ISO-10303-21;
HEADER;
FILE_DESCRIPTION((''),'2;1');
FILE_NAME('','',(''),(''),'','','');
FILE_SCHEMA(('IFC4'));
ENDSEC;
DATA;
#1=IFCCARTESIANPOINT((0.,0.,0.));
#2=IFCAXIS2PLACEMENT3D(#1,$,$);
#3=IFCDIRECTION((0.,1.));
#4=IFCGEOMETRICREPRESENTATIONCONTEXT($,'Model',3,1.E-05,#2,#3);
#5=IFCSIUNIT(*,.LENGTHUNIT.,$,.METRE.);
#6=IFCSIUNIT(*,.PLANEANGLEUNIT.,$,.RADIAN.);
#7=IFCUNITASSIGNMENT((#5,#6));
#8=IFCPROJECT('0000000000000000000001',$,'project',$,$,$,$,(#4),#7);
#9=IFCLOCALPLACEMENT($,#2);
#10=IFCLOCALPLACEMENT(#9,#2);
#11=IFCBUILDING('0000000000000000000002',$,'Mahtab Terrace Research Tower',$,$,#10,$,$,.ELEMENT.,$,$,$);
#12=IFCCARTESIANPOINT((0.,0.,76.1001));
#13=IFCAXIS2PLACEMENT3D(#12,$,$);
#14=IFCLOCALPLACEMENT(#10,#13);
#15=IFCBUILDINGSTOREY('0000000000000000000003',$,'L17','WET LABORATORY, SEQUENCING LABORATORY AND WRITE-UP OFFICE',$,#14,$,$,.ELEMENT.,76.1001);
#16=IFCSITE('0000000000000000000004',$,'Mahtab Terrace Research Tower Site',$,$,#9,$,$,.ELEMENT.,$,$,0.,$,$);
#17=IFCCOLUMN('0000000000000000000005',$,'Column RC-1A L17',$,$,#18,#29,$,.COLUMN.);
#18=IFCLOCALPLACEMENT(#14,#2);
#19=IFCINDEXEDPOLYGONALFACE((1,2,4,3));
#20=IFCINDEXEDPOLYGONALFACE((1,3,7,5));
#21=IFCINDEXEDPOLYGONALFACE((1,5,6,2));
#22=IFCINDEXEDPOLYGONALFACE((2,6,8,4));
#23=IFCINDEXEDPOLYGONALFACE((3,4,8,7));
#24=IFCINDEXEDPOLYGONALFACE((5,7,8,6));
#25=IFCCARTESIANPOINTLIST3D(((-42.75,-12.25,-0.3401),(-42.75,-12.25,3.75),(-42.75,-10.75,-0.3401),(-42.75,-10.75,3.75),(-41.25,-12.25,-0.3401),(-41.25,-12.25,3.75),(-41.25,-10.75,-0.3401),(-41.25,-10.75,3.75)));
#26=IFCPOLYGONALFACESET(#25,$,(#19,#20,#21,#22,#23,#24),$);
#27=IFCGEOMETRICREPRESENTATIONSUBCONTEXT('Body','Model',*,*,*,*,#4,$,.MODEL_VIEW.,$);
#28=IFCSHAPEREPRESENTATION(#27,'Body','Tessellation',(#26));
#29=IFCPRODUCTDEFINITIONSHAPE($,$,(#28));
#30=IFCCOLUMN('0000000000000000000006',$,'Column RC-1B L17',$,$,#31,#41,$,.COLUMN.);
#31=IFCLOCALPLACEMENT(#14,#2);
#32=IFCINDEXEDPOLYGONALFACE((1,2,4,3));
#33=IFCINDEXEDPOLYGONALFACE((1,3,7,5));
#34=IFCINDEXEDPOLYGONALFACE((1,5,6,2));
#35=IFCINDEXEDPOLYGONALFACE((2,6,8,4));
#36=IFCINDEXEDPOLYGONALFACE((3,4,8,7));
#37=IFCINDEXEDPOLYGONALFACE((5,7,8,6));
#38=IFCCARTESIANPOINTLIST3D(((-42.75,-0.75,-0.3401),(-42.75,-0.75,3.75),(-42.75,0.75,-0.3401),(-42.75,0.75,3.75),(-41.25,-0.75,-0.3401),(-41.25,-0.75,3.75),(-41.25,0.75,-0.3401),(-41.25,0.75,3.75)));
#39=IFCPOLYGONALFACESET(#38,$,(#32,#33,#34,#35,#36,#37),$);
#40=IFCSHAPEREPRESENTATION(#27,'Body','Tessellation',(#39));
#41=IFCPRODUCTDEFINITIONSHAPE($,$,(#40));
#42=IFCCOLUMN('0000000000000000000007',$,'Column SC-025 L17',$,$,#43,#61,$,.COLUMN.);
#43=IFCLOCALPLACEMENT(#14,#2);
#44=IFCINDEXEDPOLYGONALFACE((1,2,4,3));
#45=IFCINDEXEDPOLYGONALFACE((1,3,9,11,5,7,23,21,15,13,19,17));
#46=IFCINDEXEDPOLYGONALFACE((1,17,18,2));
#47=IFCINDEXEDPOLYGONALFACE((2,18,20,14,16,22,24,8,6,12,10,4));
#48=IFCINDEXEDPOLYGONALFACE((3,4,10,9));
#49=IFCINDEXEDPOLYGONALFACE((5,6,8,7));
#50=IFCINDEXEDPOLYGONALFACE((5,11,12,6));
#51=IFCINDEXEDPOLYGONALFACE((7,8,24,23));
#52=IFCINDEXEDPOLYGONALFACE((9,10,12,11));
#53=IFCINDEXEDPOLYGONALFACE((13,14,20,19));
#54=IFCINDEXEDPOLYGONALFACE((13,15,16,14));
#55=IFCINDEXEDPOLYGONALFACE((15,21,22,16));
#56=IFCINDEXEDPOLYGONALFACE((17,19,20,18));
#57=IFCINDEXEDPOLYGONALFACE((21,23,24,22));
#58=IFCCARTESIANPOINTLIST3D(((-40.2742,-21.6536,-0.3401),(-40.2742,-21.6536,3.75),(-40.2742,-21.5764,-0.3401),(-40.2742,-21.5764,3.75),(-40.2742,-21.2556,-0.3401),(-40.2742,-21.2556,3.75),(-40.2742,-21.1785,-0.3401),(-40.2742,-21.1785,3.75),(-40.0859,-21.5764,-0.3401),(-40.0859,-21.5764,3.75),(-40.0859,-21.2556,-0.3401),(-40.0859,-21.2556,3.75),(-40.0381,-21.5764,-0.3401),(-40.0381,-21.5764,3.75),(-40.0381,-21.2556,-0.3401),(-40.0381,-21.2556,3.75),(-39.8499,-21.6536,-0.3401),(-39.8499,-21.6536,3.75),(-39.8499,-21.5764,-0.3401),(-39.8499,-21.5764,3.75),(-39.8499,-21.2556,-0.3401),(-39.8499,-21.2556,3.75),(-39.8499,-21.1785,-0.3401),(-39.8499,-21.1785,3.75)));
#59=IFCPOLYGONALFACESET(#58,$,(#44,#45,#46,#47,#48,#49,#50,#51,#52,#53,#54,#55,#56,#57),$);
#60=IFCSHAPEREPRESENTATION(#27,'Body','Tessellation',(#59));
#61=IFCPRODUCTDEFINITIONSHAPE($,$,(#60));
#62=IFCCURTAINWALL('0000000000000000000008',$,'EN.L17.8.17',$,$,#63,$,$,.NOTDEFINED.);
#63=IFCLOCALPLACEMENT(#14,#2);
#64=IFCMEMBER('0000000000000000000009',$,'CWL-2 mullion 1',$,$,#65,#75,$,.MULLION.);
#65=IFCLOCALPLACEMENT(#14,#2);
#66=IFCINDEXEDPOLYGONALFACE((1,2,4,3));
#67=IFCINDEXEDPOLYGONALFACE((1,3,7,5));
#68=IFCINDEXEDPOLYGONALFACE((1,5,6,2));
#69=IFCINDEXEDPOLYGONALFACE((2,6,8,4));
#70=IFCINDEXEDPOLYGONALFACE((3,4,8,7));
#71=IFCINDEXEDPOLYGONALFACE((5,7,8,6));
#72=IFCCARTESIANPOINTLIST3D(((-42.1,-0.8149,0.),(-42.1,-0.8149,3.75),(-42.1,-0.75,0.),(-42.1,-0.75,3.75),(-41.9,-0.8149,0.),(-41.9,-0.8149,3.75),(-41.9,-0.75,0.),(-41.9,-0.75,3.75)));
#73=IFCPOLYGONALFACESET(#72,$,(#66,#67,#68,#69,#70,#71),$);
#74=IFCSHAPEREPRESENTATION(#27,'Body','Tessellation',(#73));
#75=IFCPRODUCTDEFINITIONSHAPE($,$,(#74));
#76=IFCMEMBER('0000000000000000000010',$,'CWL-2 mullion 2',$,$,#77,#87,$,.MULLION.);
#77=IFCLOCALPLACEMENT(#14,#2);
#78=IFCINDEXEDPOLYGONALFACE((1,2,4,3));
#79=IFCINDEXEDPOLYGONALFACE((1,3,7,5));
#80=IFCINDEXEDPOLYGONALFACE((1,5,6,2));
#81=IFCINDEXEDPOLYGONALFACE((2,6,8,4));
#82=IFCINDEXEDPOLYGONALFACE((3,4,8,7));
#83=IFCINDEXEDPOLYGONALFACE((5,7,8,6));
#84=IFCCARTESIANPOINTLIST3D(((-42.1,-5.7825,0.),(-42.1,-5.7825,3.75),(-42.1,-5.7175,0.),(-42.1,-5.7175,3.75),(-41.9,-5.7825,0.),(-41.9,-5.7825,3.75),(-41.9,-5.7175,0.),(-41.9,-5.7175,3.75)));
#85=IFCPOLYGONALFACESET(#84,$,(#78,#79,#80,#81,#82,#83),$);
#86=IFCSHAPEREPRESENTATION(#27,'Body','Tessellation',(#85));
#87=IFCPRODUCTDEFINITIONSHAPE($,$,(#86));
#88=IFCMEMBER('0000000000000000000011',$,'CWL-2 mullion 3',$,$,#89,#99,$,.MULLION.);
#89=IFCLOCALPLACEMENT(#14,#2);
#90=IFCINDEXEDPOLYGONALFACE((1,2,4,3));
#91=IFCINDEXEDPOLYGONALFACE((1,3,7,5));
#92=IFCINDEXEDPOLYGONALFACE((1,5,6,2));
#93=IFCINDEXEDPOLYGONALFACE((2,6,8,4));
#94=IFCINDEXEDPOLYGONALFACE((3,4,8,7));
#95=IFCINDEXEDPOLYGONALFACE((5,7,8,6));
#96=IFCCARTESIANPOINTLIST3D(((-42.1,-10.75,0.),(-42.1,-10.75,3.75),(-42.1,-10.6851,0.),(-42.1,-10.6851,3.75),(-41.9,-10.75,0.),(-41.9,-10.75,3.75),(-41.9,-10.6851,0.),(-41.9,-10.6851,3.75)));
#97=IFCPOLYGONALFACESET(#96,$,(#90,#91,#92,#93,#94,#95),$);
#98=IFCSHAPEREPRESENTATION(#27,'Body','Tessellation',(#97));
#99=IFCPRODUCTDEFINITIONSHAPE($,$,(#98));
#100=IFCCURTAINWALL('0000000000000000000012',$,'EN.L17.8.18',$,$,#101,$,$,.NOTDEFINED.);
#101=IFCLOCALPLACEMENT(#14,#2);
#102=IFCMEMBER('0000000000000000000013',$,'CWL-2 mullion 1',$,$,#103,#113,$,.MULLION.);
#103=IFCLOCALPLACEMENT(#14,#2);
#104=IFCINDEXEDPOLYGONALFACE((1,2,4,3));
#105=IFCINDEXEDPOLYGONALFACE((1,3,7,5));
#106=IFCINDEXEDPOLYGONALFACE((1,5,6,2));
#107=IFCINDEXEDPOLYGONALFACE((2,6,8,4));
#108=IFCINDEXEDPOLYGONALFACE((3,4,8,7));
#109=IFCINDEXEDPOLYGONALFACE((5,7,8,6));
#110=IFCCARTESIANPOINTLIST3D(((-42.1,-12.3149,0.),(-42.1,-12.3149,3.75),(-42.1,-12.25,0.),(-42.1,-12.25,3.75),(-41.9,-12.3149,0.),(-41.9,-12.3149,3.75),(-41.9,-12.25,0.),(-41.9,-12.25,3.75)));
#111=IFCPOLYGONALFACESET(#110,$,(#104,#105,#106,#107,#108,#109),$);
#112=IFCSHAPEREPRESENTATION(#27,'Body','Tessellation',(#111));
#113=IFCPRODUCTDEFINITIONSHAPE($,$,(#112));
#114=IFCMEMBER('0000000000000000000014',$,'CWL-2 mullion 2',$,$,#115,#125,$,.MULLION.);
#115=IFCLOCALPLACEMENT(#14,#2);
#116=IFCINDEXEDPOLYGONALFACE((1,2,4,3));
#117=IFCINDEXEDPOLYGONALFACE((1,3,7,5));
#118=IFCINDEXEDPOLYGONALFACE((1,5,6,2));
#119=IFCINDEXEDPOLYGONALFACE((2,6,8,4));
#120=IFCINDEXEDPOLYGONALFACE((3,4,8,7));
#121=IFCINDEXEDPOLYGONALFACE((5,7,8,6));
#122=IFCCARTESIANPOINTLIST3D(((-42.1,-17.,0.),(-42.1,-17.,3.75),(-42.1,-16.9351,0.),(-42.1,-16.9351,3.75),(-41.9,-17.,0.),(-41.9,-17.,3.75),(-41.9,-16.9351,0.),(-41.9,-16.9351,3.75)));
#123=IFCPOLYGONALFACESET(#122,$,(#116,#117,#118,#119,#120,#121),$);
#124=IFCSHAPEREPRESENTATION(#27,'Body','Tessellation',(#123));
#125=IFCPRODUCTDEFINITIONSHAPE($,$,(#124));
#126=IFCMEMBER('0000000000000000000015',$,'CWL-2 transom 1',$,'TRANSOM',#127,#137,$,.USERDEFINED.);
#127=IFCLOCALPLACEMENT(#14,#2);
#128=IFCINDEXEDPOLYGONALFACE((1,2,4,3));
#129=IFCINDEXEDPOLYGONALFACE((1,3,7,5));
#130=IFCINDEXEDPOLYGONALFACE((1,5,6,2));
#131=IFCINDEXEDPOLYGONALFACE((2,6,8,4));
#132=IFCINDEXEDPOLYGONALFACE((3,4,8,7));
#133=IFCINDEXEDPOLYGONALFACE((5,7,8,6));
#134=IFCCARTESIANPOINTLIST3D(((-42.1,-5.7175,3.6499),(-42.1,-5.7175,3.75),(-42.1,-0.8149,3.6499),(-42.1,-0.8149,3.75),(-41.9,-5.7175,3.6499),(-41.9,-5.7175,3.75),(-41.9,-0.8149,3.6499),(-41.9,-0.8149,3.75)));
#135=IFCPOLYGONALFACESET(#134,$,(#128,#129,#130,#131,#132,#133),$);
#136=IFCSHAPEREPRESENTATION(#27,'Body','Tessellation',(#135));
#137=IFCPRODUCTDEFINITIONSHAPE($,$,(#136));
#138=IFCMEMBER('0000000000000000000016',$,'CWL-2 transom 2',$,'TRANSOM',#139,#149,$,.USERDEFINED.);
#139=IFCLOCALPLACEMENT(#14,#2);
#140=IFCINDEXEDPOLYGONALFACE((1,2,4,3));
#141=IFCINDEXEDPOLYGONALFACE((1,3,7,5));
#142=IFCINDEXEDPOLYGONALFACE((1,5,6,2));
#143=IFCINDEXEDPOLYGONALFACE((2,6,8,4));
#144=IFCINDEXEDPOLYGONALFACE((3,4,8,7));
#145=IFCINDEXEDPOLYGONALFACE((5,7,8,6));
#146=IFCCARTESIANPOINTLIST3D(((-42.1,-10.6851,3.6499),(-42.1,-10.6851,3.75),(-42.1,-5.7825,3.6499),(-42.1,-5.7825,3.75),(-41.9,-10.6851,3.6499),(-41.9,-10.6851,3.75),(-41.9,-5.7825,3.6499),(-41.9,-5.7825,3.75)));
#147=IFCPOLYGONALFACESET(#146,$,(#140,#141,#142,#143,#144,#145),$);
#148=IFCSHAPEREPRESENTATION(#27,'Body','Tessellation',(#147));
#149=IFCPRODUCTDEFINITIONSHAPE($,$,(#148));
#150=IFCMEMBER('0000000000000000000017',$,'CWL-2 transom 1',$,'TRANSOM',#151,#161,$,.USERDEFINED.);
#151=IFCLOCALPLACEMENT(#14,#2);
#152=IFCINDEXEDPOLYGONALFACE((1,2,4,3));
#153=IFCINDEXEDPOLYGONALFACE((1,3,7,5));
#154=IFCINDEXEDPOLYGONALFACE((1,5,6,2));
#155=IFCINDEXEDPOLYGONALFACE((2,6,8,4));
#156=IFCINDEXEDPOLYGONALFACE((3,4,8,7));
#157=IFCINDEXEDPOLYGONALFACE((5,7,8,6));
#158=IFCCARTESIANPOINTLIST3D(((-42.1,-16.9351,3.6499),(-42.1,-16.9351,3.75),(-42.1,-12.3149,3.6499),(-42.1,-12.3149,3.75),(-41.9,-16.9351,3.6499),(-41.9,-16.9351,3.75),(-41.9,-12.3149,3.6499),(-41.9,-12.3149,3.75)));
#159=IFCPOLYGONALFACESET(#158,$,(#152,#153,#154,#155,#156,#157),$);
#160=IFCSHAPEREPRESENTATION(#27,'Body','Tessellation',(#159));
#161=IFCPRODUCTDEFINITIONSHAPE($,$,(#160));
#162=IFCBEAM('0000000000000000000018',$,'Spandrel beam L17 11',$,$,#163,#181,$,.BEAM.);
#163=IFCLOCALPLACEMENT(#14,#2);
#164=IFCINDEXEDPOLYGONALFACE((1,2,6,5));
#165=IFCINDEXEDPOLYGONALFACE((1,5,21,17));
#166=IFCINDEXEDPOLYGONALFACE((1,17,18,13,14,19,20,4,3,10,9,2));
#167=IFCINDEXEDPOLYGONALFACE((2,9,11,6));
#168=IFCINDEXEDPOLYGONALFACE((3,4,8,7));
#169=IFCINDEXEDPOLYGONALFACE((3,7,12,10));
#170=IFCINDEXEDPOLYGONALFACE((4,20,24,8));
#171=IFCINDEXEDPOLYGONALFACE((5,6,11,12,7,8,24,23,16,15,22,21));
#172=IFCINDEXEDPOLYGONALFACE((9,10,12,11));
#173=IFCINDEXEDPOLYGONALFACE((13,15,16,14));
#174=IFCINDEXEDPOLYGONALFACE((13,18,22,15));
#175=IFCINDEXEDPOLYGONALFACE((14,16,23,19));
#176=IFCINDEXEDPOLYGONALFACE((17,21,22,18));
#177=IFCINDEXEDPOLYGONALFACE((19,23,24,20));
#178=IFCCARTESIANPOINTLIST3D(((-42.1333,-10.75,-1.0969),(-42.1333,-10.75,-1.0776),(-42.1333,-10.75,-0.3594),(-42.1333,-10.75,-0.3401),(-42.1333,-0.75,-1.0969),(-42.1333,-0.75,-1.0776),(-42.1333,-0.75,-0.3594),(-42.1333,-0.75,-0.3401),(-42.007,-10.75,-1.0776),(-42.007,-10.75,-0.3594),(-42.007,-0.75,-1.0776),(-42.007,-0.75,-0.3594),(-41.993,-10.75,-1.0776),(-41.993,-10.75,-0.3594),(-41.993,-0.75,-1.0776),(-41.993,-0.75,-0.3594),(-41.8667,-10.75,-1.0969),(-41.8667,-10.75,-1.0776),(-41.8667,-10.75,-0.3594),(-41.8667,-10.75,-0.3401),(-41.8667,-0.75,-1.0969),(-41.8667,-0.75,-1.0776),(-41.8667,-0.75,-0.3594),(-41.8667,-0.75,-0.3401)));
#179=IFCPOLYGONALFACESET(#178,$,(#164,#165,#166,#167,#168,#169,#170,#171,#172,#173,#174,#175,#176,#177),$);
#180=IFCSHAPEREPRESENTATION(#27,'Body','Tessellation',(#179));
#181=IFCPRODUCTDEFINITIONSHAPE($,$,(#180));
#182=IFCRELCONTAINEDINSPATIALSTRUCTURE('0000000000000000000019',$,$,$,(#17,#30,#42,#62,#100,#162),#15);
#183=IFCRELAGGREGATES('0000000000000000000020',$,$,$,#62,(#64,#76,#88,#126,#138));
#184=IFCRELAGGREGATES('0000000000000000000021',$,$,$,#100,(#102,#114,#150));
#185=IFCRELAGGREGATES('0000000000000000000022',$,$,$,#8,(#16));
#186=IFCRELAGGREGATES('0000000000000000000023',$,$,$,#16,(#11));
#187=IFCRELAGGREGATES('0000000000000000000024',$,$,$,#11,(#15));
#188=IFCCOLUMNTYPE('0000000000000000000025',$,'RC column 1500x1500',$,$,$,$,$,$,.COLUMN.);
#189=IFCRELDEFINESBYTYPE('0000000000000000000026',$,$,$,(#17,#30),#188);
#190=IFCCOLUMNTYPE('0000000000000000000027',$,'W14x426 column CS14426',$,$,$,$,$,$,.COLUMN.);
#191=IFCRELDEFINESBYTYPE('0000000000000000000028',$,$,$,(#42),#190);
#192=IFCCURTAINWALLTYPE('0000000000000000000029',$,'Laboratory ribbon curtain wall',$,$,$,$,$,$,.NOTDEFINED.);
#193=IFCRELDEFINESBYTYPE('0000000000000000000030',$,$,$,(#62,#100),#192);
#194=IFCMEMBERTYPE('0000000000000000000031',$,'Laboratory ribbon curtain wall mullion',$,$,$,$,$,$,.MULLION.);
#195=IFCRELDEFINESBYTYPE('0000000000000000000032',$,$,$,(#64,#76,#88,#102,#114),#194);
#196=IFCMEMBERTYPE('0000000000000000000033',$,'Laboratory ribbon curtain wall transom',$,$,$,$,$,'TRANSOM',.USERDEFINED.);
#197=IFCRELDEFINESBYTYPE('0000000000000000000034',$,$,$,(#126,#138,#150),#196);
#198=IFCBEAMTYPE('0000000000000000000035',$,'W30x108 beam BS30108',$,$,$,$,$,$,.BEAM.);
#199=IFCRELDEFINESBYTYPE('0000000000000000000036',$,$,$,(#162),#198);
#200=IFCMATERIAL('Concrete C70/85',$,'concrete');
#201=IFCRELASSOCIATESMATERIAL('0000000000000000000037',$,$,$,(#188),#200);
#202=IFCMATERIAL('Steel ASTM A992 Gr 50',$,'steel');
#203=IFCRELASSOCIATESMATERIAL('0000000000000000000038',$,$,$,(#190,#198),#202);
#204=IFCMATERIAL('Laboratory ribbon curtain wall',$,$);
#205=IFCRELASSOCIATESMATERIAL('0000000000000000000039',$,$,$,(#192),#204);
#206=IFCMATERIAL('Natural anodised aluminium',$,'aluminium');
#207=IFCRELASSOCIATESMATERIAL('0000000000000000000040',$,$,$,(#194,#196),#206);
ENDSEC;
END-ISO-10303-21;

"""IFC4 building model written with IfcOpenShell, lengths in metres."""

from ifc_helpers import new_model, si_unit, direction, frame, origin, origin_2d, place, context, subcontext, project, spatial, rectangle, i_section, extrude, material, material_profile, profile_set, type_object, element, aggregate, save


model = new_model("IFC4")

# Units and contexts
model_context = context("Model", 3, precision=1e-05, world=origin(), true_north=direction((0.0, 1.0)))
body_context = subcontext(model_context, "Body", "Model", "MODEL_VIEW")
ifc_project = project(units=[si_unit("LENGTHUNIT", "METRE"), si_unit("PLANEANGLEUNIT", "RADIAN")], contexts=[model_context])

# Site, building, storey
site_placement = place(None, origin())
site = spatial("IfcSite", under=ifc_project, at=site_placement, Name="Mahtab Terrace Research Tower Site", CompositionType="ELEMENT", RefElevation=0.0)
building_placement = place(site_placement, origin())
building = spatial("IfcBuilding", under=site, at=building_placement, Name="Mahtab Terrace Research Tower", CompositionType="ELEMENT")
storey_placement = place(building_placement, frame((0.0, 0.0, 76.1001)))
storey = spatial("IfcBuildingStorey", under=building, at=storey_placement, Name="L17", Description="WET LABORATORY, SEQUENCING LABORATORY AND WRITE-UP OFFICE", CompositionType="ELEMENT", Elevation=76.1001)

# Columns
ifc_material_1 = material(Name="Concrete C70/85", Category="concrete")
ifc_material_profile_1 = material_profile(ifc_material_1, rectangle(XDim=1.5, YDim=1.5, at=origin_2d()), Name="RC column 1500x1500")
ifc_profile_set_1 = profile_set([ifc_material_profile_1], Name="Concrete C70/85")
column_type_1 = type_object("IfcColumnType", Name="RC column 1500x1500", PredefinedType="COLUMN", material=ifc_profile_set_1)
for number, where, z_axis, x_axis, name in (
    (1, (-42.0, -11.5, -0.3401), (0.0, 0.0, 1.0), (1.0, 0.0, 0.0), "Column RC-1A L17"),
    (2, (-42.0, 0.0, -0.3401), (0.0, 0.0, 1.0), (1.0, 0.0, 0.0), "Column RC-1B L17"),
):
    element("IfcColumn", number, at=place(storey_placement, frame(where, z_axis=z_axis, x_axis=x_axis)), inside=storey, type_object=column_type_1, Name=name, PredefinedType="COLUMN", context=body_context, shape_type="SweptSolid", body=[
        extrude(rectangle(XDim=1.5, YDim=1.5, at=origin_2d()), origin(), (0.0, 0.0, 1.0), 4.0901),
    ])
ifc_material_2 = material(Name="Steel ASTM A992 Gr 50", Category="steel")
ifc_material_profile_2 = material_profile(ifc_material_2, i_section(OverallWidth=0.4243, OverallDepth=0.4751, WebThickness=0.0479, FlangeThickness=0.0771, at=origin_2d()), Name="W14X426")
ifc_profile_set_2 = profile_set([ifc_material_profile_2], Name="Steel ASTM A992 Gr 50")
column_type_2 = type_object("IfcColumnType", Name="W14x426 column CS14426", PredefinedType="COLUMN", material=ifc_profile_set_2)
column_placement = place(storey_placement, frame((-40.062, -21.416, -0.3401), z_axis=(0.0, 0.0, 1.0), x_axis=(1.0, 0.0, 0.0)))
element("IfcColumn", 3, at=column_placement, inside=storey, type_object=column_type_2, Name="Column SC-025 L17", PredefinedType="COLUMN", context=body_context, shape_type="SweptSolid", body=[
    extrude(i_section(OverallWidth=0.4243, OverallDepth=0.4751, WebThickness=0.0479, FlangeThickness=0.0771, at=origin_2d()), origin(), (0.0, 0.0, 1.0), 4.0901),
])

# Curtain walls, members
ifc_material_3 = material(Name="Laboratory ribbon curtain wall")
curtain_wall_type = type_object("IfcCurtainWallType", Name="Laboratory ribbon curtain wall", PredefinedType="NOTDEFINED", material=ifc_material_3)
curtain_wall_1_placement = place(storey_placement, origin())
curtain_wall_1 = element("IfcCurtainWall", 4, at=curtain_wall_1_placement, inside=storey, type_object=curtain_wall_type, Name="EN.L17.8.17", PredefinedType="NOTDEFINED")
ifc_material_4 = material(Name="Natural anodised aluminium", Category="aluminium")
ifc_material_profile_3 = material_profile(ifc_material_4, rectangle(XDim=0.2, YDim=0.0649, at=origin_2d()), Name="MULLION 65x200")
ifc_profile_set_3 = profile_set([ifc_material_profile_3], Name="Natural anodised aluminium")
member_type_1 = type_object("IfcMemberType", Name="Laboratory ribbon curtain wall mullion", PredefinedType="MULLION", material=ifc_profile_set_3)
member_1_placement = place(storey_placement, frame((-42.0, -0.7825, 0.0), z_axis=(0.0, 0.0, 1.0), x_axis=(1.0, 0.0, 0.0)))
member_1 = element("IfcMember", 5, at=member_1_placement, type_object=member_type_1, Name="CWL-2 mullion 1", PredefinedType="MULLION", context=body_context, shape_type="SweptSolid", body=[
    extrude(rectangle(XDim=0.2, YDim=0.0649, at=origin_2d()), origin(), (0.0, 0.0, 1.0), 3.75),
])
member_2_placement = place(storey_placement, frame((-42.0, -5.75, 0.0), z_axis=(0.0, 0.0, 1.0), x_axis=(1.0, 0.0, 0.0)))
member_2 = element("IfcMember", 6, at=member_2_placement, type_object=member_type_1, Name="CWL-2 mullion 2", PredefinedType="MULLION", context=body_context, shape_type="SweptSolid", body=[
    extrude(rectangle(XDim=0.2, YDim=0.0649, at=origin_2d()), origin(), (0.0, 0.0, 1.0), 3.75),
])
member_3_placement = place(storey_placement, frame((-42.0, -10.7175, 0.0), z_axis=(0.0, 0.0, 1.0), x_axis=(1.0, 0.0, 0.0)))
member_3 = element("IfcMember", 7, at=member_3_placement, type_object=member_type_1, Name="CWL-2 mullion 3", PredefinedType="MULLION", context=body_context, shape_type="SweptSolid", body=[
    extrude(rectangle(XDim=0.2, YDim=0.0649, at=origin_2d()), origin(), (0.0, 0.0, 1.0), 3.75),
])
curtain_wall_2_placement = place(storey_placement, origin())
curtain_wall_2 = element("IfcCurtainWall", 8, at=curtain_wall_2_placement, inside=storey, type_object=curtain_wall_type, Name="EN.L17.8.18", PredefinedType="NOTDEFINED")
member_4_placement = place(storey_placement, frame((-42.0, -12.2825, 0.0), z_axis=(0.0, 0.0, 1.0), x_axis=(1.0, 0.0, 0.0)))
member_4 = element("IfcMember", 9, at=member_4_placement, type_object=member_type_1, Name="CWL-2 mullion 1", PredefinedType="MULLION", context=body_context, shape_type="SweptSolid", body=[
    extrude(rectangle(XDim=0.2, YDim=0.0649, at=origin_2d()), origin(), (0.0, 0.0, 1.0), 3.75),
])
member_5_placement = place(storey_placement, frame((-42.0, -16.9675, 0.0), z_axis=(0.0, 0.0, 1.0), x_axis=(1.0, 0.0, 0.0)))
member_5 = element("IfcMember", 10, at=member_5_placement, type_object=member_type_1, Name="CWL-2 mullion 2", PredefinedType="MULLION", context=body_context, shape_type="SweptSolid", body=[
    extrude(rectangle(XDim=0.2, YDim=0.0649, at=origin_2d()), origin(), (0.0, 0.0, 1.0), 3.75),
])

# Members
ifc_material_profile_4 = material_profile(ifc_material_4, rectangle(XDim=0.2, YDim=0.1001, at=origin_2d()), Name="TRANSOM 100x200")
ifc_profile_set_4 = profile_set([ifc_material_profile_4], Name="Natural anodised aluminium")
member_type_2 = type_object("IfcMemberType", Name="Laboratory ribbon curtain wall transom", ElementType="TRANSOM", PredefinedType="USERDEFINED", material=ifc_profile_set_4)
member_6_placement = place(storey_placement, frame((-42.0, -0.8149, 3.7), z_axis=(0.0, -1.0, 0.0), x_axis=(1.0, 0.0, 0.0)))
member_6 = element("IfcMember", 11, at=member_6_placement, type_object=member_type_2, Name="CWL-2 transom 1", ObjectType="TRANSOM", PredefinedType="USERDEFINED", context=body_context, shape_type="SweptSolid", body=[
    extrude(rectangle(XDim=0.2, YDim=0.1001, at=origin_2d()), origin(), (0.0, 0.0, 1.0), 4.9026),
])
member_7_placement = place(storey_placement, frame((-42.0, -5.7825, 3.7), z_axis=(0.0, -1.0, 0.0), x_axis=(1.0, 0.0, 0.0)))
member_7 = element("IfcMember", 12, at=member_7_placement, type_object=member_type_2, Name="CWL-2 transom 2", ObjectType="TRANSOM", PredefinedType="USERDEFINED", context=body_context, shape_type="SweptSolid", body=[
    extrude(rectangle(XDim=0.2, YDim=0.1001, at=origin_2d()), origin(), (0.0, 0.0, 1.0), 4.9026),
])
member_8_placement = place(storey_placement, frame((-42.0, -12.3149, 3.7), z_axis=(0.0, -1.0, 0.0), x_axis=(1.0, 0.0, 0.0)))
member_8 = element("IfcMember", 13, at=member_8_placement, type_object=member_type_2, Name="CWL-2 transom 1", ObjectType="TRANSOM", PredefinedType="USERDEFINED", context=body_context, shape_type="SweptSolid", body=[
    extrude(rectangle(XDim=0.2, YDim=0.1001, at=origin_2d()), origin(), (0.0, 0.0, 1.0), 4.6201),
])

# Beam
ifc_material_profile_5 = material_profile(ifc_material_2, i_section(OverallWidth=0.2666, OverallDepth=0.7568, WebThickness=0.0139, FlangeThickness=0.0193, at=origin_2d()), Name="W30X108")
ifc_profile_set_5 = profile_set([ifc_material_profile_5], Name="Steel ASTM A992 Gr 50")
beam_type = type_object("IfcBeamType", Name="W30x108 beam BS30108", PredefinedType="BEAM", material=ifc_profile_set_5)
beam_1_placement = place(storey_placement, frame((-42.0, -0.75, -0.7185), z_axis=(0.0, -1.0, 0.0), x_axis=(1.0, 0.0, 0.0)))
element("IfcBeam", 14, at=beam_1_placement, inside=storey, type_object=beam_type, Name="Spandrel beam L17 11", PredefinedType="BEAM", context=body_context, shape_type="SweptSolid", body=[
    extrude(i_section(OverallWidth=0.2666, OverallDepth=0.7568, WebThickness=0.0139, FlangeThickness=0.0193, at=origin_2d()), origin(), (0.0, 0.0, 1.0), 10.0),
])

aggregate(curtain_wall_1, [member_1, member_2, member_3, member_6, member_7])
aggregate(curtain_wall_2, [member_4, member_5, member_8])

save(model, "model.ifc")
